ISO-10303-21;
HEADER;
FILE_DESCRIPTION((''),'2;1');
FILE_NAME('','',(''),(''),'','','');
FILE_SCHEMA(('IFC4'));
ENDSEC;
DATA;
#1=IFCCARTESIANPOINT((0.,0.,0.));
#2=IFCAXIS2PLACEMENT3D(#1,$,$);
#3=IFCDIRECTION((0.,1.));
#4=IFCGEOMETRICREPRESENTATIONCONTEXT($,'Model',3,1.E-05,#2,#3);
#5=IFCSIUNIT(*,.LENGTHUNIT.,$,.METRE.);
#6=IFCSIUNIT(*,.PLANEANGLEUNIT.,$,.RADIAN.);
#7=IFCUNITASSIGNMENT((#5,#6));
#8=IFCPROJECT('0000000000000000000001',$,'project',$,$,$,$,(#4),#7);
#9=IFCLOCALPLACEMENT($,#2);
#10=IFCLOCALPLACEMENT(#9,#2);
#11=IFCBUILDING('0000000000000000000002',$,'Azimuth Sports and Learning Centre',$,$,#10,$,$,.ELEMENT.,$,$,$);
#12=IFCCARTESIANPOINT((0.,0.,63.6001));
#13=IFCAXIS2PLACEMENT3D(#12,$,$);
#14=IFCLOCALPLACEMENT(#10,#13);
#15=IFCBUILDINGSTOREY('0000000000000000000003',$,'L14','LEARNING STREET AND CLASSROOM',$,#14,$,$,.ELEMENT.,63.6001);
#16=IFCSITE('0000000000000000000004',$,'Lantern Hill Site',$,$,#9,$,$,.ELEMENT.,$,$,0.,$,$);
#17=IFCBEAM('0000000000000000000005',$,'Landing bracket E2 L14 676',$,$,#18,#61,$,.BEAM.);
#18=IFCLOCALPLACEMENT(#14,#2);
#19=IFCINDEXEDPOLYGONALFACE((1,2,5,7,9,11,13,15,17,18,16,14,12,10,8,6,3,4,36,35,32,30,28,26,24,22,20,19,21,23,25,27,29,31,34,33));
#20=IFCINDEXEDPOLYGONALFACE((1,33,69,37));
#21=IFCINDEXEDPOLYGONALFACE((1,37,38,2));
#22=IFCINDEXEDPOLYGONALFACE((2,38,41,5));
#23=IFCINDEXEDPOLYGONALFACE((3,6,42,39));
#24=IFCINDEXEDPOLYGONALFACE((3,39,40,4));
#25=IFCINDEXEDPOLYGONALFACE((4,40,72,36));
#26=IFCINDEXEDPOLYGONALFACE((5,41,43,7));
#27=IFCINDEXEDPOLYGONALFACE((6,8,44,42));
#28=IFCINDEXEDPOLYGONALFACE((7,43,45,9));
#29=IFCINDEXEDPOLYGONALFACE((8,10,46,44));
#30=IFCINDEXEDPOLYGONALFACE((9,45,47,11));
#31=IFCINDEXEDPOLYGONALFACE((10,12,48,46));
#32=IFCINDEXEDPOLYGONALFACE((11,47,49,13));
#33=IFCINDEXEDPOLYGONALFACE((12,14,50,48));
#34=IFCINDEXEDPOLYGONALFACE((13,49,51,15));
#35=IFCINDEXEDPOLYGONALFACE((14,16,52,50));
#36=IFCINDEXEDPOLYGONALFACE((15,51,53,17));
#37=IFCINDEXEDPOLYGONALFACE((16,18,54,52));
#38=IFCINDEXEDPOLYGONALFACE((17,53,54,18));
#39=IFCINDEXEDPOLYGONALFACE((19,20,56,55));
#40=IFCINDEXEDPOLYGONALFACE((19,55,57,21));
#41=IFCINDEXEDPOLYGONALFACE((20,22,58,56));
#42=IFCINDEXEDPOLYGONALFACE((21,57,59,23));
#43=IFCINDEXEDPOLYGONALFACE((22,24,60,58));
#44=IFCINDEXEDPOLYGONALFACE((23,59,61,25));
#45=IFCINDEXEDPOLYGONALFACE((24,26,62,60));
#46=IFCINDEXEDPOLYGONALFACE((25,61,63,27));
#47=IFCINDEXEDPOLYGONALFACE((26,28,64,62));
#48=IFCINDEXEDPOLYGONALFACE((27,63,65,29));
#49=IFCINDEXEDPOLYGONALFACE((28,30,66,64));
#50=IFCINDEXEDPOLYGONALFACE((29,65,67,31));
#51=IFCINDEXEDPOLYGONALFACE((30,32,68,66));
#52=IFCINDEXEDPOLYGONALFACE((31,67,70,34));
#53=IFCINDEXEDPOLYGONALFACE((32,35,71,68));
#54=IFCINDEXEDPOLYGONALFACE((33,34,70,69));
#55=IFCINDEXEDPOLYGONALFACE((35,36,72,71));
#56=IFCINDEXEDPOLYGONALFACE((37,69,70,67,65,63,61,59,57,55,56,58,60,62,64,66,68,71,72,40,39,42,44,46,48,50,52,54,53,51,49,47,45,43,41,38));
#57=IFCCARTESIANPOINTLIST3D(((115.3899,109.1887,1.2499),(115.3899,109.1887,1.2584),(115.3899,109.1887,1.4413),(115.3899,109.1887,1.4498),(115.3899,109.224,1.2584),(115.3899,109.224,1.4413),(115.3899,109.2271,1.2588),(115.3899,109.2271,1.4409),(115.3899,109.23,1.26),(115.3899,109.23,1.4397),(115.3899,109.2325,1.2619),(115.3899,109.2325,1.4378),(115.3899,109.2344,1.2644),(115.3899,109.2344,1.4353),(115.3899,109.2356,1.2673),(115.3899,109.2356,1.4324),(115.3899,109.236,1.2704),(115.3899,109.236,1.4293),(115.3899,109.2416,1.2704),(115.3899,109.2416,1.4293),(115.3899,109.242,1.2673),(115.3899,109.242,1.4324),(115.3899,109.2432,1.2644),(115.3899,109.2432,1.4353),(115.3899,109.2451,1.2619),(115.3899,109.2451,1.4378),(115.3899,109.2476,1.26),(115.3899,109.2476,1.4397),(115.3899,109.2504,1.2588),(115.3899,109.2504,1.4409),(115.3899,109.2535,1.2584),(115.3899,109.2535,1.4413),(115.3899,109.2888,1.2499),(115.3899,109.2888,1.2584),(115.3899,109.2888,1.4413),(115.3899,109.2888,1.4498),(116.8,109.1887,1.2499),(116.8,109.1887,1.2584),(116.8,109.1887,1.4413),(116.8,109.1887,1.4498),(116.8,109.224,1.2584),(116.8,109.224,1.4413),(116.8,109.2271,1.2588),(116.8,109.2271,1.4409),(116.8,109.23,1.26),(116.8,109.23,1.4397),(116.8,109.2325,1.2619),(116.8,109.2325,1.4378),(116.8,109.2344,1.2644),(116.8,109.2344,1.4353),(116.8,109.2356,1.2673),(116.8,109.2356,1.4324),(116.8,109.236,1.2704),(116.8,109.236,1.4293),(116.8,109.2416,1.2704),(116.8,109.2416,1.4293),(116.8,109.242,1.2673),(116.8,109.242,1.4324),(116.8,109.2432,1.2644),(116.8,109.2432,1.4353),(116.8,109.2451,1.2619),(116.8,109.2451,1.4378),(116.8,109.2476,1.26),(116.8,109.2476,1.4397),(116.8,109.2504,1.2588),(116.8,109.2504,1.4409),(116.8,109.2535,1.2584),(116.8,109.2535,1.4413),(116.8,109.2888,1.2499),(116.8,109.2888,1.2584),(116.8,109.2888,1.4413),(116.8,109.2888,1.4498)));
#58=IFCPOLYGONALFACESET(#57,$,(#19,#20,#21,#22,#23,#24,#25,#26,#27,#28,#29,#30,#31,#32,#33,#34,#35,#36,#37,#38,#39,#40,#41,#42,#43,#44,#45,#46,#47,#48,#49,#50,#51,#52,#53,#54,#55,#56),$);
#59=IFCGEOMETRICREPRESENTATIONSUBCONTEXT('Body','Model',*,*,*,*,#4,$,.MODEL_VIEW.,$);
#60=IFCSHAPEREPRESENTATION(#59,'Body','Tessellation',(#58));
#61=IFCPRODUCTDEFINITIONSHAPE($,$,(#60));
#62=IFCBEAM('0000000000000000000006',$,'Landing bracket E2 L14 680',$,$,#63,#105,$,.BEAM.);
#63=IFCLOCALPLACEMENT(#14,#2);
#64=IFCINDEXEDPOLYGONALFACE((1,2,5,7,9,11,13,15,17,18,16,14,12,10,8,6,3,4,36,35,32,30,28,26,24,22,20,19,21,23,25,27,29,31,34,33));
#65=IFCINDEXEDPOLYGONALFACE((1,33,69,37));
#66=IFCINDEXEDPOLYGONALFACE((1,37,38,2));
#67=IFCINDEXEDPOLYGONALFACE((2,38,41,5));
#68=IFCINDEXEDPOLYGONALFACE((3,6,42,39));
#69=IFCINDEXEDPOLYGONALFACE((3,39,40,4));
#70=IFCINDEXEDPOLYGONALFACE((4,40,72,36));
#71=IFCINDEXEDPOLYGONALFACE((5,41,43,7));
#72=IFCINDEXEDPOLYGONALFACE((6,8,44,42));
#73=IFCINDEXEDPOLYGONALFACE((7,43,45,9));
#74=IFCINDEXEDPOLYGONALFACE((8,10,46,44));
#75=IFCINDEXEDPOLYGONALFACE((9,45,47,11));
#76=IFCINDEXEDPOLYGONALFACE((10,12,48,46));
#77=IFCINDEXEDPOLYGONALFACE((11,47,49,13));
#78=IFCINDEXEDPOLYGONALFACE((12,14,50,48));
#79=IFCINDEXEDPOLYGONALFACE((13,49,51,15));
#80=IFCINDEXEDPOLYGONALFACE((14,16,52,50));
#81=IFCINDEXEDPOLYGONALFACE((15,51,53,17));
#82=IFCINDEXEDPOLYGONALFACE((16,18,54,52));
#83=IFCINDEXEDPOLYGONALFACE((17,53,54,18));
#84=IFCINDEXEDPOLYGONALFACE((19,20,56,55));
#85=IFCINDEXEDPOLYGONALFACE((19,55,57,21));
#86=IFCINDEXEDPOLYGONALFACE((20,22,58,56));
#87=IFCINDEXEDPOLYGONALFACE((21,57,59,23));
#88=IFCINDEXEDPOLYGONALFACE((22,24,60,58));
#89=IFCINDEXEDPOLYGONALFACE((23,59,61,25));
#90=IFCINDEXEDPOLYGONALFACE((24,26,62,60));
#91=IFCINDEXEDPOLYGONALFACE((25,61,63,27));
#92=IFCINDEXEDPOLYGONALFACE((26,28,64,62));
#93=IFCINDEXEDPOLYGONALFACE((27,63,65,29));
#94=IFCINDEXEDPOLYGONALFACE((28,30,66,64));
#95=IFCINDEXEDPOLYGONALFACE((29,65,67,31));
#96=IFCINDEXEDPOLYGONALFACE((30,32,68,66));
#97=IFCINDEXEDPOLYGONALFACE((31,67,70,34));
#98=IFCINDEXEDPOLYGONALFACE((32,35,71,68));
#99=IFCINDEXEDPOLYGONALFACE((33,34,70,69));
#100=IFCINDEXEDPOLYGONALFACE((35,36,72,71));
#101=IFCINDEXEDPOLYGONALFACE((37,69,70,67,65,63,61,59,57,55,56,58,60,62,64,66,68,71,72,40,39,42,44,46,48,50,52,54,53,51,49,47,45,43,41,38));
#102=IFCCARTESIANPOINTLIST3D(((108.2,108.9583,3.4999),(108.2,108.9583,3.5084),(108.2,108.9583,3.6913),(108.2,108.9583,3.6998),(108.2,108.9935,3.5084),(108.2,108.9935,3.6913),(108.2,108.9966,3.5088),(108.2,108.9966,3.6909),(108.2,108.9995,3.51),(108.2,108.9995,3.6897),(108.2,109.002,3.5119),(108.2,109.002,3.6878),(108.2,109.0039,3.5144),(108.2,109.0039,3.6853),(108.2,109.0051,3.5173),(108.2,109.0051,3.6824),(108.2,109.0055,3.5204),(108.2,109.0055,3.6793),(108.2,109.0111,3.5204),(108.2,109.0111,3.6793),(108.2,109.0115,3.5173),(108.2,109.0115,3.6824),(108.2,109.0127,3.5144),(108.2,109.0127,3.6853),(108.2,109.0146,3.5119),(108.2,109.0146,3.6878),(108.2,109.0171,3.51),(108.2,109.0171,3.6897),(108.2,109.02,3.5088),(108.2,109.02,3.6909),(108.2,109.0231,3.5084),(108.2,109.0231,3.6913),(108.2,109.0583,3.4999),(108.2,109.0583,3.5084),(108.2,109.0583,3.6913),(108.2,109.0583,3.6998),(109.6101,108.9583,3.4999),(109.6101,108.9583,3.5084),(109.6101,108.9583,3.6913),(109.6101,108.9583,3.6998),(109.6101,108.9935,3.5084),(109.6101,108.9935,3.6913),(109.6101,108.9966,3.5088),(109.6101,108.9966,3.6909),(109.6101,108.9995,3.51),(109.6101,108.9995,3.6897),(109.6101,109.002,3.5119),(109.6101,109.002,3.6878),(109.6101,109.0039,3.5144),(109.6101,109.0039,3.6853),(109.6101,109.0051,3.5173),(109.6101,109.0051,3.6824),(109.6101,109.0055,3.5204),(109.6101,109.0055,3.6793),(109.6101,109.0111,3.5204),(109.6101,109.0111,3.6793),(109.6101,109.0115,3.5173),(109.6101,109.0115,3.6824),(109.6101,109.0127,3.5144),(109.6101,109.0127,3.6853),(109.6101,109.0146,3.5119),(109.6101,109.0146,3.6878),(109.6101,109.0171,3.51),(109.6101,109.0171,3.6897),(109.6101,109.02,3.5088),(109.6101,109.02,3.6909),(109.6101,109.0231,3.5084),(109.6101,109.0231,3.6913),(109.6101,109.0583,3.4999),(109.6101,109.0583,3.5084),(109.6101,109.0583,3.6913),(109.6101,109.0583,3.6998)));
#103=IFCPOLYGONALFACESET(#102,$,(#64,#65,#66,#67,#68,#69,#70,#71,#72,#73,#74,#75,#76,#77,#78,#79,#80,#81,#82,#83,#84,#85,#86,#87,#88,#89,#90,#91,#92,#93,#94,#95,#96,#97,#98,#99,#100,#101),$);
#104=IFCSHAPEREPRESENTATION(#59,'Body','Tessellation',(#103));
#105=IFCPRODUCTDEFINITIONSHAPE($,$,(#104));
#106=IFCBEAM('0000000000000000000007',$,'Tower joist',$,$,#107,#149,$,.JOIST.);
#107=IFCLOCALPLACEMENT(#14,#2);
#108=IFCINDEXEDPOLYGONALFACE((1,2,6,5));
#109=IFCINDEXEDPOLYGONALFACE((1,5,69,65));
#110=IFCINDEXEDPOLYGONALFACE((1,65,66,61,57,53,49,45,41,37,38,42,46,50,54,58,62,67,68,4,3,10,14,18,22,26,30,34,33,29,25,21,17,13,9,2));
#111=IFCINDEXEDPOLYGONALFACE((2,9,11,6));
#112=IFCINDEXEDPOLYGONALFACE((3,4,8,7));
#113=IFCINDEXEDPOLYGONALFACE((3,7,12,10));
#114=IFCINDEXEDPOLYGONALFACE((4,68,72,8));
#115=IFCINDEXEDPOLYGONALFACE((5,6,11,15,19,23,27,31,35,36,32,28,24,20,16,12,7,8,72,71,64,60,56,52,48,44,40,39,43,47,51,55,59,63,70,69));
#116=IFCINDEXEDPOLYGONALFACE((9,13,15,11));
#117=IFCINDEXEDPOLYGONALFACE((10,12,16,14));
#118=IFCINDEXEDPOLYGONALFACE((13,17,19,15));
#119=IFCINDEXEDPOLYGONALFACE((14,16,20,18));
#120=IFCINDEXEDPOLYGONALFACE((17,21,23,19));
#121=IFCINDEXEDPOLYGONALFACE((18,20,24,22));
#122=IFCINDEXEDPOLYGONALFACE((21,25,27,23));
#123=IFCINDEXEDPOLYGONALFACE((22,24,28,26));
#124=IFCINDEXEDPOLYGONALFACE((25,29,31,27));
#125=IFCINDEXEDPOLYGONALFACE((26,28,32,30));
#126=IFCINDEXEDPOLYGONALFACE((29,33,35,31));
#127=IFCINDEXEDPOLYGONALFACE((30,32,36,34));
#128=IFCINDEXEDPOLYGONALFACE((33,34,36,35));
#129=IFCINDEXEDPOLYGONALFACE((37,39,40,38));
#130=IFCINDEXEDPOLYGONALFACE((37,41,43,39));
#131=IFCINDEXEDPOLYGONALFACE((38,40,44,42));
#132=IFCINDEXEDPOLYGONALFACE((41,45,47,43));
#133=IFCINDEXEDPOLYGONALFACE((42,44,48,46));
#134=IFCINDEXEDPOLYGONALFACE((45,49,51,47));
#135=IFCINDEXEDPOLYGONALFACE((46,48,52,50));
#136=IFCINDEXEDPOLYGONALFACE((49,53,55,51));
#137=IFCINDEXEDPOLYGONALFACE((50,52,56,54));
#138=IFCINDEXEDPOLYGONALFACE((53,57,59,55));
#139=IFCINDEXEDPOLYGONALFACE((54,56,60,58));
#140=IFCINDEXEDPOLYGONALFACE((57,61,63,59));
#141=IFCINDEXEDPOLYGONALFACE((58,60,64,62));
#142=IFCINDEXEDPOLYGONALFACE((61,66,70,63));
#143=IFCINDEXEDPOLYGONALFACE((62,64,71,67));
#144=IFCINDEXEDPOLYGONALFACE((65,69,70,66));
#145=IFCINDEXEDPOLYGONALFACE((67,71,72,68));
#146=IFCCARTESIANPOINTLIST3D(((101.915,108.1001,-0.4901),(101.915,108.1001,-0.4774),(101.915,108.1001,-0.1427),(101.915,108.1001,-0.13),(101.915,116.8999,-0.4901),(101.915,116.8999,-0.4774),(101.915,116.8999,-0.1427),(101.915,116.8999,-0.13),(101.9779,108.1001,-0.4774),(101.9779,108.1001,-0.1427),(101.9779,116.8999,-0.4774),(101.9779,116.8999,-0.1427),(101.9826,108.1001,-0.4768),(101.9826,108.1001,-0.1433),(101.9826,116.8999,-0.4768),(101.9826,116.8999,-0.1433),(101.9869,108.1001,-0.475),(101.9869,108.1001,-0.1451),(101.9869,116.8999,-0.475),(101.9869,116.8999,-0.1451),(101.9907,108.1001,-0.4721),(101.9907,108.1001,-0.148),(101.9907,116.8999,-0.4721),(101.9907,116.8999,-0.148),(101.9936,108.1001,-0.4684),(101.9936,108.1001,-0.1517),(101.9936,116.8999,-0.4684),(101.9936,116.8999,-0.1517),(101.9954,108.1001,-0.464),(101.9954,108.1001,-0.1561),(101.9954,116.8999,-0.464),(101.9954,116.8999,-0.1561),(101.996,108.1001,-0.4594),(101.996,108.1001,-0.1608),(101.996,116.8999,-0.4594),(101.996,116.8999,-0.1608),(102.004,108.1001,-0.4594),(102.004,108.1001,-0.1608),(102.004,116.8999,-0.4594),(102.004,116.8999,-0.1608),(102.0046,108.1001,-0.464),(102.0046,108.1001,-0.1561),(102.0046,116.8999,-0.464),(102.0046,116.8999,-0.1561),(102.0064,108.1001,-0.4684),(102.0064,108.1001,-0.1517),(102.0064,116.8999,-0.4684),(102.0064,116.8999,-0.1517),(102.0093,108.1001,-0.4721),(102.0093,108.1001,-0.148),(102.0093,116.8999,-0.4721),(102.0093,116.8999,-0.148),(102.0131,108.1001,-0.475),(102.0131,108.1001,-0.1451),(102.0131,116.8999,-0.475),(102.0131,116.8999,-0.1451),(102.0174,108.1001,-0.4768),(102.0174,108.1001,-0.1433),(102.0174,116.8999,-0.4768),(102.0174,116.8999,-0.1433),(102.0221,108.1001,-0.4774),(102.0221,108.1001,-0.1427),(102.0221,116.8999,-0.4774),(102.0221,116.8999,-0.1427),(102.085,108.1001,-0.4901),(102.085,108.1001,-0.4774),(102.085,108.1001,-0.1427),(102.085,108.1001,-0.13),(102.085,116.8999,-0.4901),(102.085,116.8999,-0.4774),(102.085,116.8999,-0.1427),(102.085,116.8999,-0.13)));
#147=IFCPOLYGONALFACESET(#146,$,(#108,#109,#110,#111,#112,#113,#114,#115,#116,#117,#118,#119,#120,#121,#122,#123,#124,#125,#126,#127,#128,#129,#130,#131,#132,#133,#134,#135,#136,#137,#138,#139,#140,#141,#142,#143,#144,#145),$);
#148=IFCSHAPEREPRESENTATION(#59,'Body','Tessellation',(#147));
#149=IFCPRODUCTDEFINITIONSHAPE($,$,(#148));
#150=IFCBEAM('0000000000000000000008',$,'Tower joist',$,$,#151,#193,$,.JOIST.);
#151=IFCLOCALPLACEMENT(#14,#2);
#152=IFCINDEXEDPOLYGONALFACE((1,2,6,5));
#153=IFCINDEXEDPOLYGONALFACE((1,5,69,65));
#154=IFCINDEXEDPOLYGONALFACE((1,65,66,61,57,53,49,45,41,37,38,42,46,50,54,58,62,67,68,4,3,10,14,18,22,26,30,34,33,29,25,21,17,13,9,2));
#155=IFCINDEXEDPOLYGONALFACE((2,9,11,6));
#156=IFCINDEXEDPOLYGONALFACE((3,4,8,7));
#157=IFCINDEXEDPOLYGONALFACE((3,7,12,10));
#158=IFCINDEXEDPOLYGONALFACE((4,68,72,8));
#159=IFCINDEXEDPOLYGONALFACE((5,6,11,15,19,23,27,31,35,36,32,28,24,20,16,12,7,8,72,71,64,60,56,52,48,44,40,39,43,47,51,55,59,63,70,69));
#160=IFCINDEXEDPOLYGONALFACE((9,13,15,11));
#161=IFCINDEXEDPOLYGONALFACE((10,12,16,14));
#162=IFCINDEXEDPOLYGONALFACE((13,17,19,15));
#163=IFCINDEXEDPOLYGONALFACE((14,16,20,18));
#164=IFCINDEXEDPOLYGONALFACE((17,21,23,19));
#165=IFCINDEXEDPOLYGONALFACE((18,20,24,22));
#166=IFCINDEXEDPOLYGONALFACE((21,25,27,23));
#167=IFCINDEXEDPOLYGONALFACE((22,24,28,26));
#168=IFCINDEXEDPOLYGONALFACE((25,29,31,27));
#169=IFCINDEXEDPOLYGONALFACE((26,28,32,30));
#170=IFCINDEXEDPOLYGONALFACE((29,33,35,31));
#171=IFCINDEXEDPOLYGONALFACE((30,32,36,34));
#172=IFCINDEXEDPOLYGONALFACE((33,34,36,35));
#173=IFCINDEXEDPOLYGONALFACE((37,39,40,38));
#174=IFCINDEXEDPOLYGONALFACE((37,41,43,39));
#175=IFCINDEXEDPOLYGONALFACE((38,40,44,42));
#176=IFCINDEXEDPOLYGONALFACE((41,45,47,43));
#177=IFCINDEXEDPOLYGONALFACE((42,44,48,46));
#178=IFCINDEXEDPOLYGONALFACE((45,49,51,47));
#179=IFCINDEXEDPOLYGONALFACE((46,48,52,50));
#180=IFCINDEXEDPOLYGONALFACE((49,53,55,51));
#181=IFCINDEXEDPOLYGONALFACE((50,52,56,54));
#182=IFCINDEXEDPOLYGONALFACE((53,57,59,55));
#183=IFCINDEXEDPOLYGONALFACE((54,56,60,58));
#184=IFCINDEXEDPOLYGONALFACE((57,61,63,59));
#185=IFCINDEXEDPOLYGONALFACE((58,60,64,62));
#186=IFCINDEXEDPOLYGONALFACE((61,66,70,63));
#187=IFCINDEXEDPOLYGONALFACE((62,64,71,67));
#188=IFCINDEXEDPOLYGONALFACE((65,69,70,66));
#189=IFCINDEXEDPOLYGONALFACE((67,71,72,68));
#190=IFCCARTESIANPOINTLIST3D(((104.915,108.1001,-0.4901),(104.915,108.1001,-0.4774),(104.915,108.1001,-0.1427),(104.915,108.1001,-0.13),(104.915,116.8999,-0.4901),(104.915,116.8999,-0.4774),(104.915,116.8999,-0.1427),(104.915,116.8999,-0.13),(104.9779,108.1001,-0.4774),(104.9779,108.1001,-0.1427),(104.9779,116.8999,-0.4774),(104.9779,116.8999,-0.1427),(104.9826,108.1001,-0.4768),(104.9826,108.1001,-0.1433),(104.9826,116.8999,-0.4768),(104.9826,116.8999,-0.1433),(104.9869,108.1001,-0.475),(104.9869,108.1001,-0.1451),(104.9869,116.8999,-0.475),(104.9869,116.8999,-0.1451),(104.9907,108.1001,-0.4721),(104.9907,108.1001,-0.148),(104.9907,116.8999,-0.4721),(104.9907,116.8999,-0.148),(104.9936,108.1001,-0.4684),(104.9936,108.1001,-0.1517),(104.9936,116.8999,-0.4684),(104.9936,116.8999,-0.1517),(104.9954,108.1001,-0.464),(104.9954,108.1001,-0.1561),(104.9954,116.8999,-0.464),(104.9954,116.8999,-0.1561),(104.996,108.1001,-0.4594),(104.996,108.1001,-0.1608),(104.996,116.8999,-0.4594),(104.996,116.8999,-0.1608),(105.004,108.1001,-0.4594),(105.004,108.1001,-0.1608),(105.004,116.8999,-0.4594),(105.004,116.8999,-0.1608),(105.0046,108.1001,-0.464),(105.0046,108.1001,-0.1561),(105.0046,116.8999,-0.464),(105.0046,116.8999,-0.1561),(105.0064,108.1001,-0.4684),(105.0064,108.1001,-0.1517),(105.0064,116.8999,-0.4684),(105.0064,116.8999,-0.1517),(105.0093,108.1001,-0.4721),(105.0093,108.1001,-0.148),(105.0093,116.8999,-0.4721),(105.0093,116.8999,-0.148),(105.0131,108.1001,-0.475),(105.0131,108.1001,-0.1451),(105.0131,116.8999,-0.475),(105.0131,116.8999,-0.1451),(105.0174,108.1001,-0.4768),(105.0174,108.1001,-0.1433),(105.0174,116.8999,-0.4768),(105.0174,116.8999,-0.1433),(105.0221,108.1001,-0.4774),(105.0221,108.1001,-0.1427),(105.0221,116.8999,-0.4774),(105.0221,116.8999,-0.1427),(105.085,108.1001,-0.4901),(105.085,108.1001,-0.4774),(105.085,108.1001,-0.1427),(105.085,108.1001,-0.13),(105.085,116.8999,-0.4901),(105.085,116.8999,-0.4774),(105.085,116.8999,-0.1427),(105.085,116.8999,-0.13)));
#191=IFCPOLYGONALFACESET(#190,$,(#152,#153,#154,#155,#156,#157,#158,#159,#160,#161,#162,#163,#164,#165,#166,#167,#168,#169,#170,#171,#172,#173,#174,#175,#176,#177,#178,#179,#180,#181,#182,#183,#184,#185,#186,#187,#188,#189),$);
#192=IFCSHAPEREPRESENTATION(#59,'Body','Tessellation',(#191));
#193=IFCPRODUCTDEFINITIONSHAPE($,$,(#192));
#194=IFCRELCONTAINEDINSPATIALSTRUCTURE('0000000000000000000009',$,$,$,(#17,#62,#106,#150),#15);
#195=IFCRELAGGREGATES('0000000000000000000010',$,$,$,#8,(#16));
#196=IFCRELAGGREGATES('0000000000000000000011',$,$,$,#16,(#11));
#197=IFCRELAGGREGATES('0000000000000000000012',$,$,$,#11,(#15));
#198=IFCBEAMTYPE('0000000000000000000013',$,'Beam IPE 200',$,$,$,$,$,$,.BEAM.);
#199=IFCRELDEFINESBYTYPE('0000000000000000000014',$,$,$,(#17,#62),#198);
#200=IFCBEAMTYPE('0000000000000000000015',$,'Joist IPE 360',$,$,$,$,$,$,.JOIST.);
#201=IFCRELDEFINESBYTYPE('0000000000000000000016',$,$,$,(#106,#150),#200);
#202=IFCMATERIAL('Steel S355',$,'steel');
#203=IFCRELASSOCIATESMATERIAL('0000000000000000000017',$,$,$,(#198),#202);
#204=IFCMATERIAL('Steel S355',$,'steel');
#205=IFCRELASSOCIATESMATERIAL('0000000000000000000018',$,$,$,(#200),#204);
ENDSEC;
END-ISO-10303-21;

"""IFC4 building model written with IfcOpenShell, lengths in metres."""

from ifc_helpers import new_model, si_unit, direction, frame, origin, origin_2d, place, context, subcontext, project, spatial, i_section, extrude, material, material_profile, profile_set, type_object, element, save


model = new_model("IFC4")

# Units and contexts
model_context = context("Model", 3, precision=1e-05, world=origin(), true_north=direction((0.0, 1.0)))
body_context = subcontext(model_context, "Body", "Model", "MODEL_VIEW")
ifc_project = project(units=[si_unit("LENGTHUNIT", "METRE"), si_unit("PLANEANGLEUNIT", "RADIAN")], contexts=[model_context])

# Site, building, storey
site_placement = place(None, origin())
site = spatial("IfcSite", under=ifc_project, at=site_placement, Name="Lantern Hill Site", CompositionType="ELEMENT", RefElevation=0.0)
building_placement = place(site_placement, origin())
building = spatial("IfcBuilding", under=site, at=building_placement, Name="Azimuth Sports and Learning Centre", CompositionType="ELEMENT")
storey_placement = place(building_placement, frame((0.0, 0.0, 63.6001)))
storey = spatial("IfcBuildingStorey", under=building, at=storey_placement, Name="L14", Description="LEARNING STREET AND CLASSROOM", CompositionType="ELEMENT", Elevation=63.6001)

# Beams
ifc_material_1 = material(Name="Steel S355", Category="steel")
ifc_material_profile_1 = material_profile(ifc_material_1, i_section(OverallWidth=0.1001, OverallDepth=0.2, WebThickness=0.0056, FlangeThickness=0.0085, FilletRadius=0.012, at=origin_2d()), Name="IPE 200")
ifc_profile_set_1 = profile_set([ifc_material_profile_1], Name="Steel S355")
beam_type_1 = type_object("IfcBeamType", Name="Beam IPE 200", PredefinedType="BEAM", material=ifc_profile_set_1)
for number, where, z_axis, x_axis, name in (
    (1, (116.8, 109.2388, 1.3499), (-1.0, 0.0, 0.0), (0.0, -1.0, 0.0), "Landing bracket E2 L14 676"),
    (2, (108.2, 109.0083, 3.5999), (1.0, 0.0, 0.0), (0.0, 1.0, 0.0), "Landing bracket E2 L14 680"),
):
    element("IfcBeam", number, at=place(storey_placement, frame(where, z_axis=z_axis, x_axis=x_axis)), inside=storey, type_object=beam_type_1, Name=name, PredefinedType="BEAM", context=body_context, shape_type="SweptSolid", body=[
        extrude(i_section(OverallWidth=0.1001, OverallDepth=0.2, WebThickness=0.0056, FlangeThickness=0.0085, FilletRadius=0.012, at=origin_2d()), origin(), (0.0, 0.0, 1.0), 1.4102),
    ])
ifc_material_2 = material(Name="Steel S355", Category="steel")
ifc_material_profile_2 = material_profile(ifc_material_2, i_section(OverallWidth=0.1699, OverallDepth=0.3601, WebThickness=0.0081, FlangeThickness=0.0127, FilletRadius=0.0181, at=origin_2d()), Name="IPE 360")
ifc_profile_set_2 = profile_set([ifc_material_profile_2], Name="Steel S355")
beam_type_2 = type_object("IfcBeamType", Name="Joist IPE 360", PredefinedType="JOIST", material=ifc_profile_set_2)
for number, where, z_axis, x_axis, name in (
    (3, (102.0, 108.1001, -0.3101), (0.0, 1.0, 0.0), (-1.0, 0.0, 0.0), "Tower joist"),
    (4, (105.0, 108.1001, -0.3101), (0.0, 1.0, 0.0), (-1.0, 0.0, 0.0), "Tower joist"),
):
    element("IfcBeam", number, at=place(storey_placement, frame(where, z_axis=z_axis, x_axis=x_axis)), inside=storey, type_object=beam_type_2, Name=name, PredefinedType="JOIST", context=body_context, shape_type="SweptSolid", body=[
        extrude(i_section(OverallWidth=0.1699, OverallDepth=0.3601, WebThickness=0.0081, FlangeThickness=0.0127, FilletRadius=0.0181, at=origin_2d()), origin(), (0.0, 0.0, 1.0), 8.7998),
    ])

save(model, "model.ifc")
